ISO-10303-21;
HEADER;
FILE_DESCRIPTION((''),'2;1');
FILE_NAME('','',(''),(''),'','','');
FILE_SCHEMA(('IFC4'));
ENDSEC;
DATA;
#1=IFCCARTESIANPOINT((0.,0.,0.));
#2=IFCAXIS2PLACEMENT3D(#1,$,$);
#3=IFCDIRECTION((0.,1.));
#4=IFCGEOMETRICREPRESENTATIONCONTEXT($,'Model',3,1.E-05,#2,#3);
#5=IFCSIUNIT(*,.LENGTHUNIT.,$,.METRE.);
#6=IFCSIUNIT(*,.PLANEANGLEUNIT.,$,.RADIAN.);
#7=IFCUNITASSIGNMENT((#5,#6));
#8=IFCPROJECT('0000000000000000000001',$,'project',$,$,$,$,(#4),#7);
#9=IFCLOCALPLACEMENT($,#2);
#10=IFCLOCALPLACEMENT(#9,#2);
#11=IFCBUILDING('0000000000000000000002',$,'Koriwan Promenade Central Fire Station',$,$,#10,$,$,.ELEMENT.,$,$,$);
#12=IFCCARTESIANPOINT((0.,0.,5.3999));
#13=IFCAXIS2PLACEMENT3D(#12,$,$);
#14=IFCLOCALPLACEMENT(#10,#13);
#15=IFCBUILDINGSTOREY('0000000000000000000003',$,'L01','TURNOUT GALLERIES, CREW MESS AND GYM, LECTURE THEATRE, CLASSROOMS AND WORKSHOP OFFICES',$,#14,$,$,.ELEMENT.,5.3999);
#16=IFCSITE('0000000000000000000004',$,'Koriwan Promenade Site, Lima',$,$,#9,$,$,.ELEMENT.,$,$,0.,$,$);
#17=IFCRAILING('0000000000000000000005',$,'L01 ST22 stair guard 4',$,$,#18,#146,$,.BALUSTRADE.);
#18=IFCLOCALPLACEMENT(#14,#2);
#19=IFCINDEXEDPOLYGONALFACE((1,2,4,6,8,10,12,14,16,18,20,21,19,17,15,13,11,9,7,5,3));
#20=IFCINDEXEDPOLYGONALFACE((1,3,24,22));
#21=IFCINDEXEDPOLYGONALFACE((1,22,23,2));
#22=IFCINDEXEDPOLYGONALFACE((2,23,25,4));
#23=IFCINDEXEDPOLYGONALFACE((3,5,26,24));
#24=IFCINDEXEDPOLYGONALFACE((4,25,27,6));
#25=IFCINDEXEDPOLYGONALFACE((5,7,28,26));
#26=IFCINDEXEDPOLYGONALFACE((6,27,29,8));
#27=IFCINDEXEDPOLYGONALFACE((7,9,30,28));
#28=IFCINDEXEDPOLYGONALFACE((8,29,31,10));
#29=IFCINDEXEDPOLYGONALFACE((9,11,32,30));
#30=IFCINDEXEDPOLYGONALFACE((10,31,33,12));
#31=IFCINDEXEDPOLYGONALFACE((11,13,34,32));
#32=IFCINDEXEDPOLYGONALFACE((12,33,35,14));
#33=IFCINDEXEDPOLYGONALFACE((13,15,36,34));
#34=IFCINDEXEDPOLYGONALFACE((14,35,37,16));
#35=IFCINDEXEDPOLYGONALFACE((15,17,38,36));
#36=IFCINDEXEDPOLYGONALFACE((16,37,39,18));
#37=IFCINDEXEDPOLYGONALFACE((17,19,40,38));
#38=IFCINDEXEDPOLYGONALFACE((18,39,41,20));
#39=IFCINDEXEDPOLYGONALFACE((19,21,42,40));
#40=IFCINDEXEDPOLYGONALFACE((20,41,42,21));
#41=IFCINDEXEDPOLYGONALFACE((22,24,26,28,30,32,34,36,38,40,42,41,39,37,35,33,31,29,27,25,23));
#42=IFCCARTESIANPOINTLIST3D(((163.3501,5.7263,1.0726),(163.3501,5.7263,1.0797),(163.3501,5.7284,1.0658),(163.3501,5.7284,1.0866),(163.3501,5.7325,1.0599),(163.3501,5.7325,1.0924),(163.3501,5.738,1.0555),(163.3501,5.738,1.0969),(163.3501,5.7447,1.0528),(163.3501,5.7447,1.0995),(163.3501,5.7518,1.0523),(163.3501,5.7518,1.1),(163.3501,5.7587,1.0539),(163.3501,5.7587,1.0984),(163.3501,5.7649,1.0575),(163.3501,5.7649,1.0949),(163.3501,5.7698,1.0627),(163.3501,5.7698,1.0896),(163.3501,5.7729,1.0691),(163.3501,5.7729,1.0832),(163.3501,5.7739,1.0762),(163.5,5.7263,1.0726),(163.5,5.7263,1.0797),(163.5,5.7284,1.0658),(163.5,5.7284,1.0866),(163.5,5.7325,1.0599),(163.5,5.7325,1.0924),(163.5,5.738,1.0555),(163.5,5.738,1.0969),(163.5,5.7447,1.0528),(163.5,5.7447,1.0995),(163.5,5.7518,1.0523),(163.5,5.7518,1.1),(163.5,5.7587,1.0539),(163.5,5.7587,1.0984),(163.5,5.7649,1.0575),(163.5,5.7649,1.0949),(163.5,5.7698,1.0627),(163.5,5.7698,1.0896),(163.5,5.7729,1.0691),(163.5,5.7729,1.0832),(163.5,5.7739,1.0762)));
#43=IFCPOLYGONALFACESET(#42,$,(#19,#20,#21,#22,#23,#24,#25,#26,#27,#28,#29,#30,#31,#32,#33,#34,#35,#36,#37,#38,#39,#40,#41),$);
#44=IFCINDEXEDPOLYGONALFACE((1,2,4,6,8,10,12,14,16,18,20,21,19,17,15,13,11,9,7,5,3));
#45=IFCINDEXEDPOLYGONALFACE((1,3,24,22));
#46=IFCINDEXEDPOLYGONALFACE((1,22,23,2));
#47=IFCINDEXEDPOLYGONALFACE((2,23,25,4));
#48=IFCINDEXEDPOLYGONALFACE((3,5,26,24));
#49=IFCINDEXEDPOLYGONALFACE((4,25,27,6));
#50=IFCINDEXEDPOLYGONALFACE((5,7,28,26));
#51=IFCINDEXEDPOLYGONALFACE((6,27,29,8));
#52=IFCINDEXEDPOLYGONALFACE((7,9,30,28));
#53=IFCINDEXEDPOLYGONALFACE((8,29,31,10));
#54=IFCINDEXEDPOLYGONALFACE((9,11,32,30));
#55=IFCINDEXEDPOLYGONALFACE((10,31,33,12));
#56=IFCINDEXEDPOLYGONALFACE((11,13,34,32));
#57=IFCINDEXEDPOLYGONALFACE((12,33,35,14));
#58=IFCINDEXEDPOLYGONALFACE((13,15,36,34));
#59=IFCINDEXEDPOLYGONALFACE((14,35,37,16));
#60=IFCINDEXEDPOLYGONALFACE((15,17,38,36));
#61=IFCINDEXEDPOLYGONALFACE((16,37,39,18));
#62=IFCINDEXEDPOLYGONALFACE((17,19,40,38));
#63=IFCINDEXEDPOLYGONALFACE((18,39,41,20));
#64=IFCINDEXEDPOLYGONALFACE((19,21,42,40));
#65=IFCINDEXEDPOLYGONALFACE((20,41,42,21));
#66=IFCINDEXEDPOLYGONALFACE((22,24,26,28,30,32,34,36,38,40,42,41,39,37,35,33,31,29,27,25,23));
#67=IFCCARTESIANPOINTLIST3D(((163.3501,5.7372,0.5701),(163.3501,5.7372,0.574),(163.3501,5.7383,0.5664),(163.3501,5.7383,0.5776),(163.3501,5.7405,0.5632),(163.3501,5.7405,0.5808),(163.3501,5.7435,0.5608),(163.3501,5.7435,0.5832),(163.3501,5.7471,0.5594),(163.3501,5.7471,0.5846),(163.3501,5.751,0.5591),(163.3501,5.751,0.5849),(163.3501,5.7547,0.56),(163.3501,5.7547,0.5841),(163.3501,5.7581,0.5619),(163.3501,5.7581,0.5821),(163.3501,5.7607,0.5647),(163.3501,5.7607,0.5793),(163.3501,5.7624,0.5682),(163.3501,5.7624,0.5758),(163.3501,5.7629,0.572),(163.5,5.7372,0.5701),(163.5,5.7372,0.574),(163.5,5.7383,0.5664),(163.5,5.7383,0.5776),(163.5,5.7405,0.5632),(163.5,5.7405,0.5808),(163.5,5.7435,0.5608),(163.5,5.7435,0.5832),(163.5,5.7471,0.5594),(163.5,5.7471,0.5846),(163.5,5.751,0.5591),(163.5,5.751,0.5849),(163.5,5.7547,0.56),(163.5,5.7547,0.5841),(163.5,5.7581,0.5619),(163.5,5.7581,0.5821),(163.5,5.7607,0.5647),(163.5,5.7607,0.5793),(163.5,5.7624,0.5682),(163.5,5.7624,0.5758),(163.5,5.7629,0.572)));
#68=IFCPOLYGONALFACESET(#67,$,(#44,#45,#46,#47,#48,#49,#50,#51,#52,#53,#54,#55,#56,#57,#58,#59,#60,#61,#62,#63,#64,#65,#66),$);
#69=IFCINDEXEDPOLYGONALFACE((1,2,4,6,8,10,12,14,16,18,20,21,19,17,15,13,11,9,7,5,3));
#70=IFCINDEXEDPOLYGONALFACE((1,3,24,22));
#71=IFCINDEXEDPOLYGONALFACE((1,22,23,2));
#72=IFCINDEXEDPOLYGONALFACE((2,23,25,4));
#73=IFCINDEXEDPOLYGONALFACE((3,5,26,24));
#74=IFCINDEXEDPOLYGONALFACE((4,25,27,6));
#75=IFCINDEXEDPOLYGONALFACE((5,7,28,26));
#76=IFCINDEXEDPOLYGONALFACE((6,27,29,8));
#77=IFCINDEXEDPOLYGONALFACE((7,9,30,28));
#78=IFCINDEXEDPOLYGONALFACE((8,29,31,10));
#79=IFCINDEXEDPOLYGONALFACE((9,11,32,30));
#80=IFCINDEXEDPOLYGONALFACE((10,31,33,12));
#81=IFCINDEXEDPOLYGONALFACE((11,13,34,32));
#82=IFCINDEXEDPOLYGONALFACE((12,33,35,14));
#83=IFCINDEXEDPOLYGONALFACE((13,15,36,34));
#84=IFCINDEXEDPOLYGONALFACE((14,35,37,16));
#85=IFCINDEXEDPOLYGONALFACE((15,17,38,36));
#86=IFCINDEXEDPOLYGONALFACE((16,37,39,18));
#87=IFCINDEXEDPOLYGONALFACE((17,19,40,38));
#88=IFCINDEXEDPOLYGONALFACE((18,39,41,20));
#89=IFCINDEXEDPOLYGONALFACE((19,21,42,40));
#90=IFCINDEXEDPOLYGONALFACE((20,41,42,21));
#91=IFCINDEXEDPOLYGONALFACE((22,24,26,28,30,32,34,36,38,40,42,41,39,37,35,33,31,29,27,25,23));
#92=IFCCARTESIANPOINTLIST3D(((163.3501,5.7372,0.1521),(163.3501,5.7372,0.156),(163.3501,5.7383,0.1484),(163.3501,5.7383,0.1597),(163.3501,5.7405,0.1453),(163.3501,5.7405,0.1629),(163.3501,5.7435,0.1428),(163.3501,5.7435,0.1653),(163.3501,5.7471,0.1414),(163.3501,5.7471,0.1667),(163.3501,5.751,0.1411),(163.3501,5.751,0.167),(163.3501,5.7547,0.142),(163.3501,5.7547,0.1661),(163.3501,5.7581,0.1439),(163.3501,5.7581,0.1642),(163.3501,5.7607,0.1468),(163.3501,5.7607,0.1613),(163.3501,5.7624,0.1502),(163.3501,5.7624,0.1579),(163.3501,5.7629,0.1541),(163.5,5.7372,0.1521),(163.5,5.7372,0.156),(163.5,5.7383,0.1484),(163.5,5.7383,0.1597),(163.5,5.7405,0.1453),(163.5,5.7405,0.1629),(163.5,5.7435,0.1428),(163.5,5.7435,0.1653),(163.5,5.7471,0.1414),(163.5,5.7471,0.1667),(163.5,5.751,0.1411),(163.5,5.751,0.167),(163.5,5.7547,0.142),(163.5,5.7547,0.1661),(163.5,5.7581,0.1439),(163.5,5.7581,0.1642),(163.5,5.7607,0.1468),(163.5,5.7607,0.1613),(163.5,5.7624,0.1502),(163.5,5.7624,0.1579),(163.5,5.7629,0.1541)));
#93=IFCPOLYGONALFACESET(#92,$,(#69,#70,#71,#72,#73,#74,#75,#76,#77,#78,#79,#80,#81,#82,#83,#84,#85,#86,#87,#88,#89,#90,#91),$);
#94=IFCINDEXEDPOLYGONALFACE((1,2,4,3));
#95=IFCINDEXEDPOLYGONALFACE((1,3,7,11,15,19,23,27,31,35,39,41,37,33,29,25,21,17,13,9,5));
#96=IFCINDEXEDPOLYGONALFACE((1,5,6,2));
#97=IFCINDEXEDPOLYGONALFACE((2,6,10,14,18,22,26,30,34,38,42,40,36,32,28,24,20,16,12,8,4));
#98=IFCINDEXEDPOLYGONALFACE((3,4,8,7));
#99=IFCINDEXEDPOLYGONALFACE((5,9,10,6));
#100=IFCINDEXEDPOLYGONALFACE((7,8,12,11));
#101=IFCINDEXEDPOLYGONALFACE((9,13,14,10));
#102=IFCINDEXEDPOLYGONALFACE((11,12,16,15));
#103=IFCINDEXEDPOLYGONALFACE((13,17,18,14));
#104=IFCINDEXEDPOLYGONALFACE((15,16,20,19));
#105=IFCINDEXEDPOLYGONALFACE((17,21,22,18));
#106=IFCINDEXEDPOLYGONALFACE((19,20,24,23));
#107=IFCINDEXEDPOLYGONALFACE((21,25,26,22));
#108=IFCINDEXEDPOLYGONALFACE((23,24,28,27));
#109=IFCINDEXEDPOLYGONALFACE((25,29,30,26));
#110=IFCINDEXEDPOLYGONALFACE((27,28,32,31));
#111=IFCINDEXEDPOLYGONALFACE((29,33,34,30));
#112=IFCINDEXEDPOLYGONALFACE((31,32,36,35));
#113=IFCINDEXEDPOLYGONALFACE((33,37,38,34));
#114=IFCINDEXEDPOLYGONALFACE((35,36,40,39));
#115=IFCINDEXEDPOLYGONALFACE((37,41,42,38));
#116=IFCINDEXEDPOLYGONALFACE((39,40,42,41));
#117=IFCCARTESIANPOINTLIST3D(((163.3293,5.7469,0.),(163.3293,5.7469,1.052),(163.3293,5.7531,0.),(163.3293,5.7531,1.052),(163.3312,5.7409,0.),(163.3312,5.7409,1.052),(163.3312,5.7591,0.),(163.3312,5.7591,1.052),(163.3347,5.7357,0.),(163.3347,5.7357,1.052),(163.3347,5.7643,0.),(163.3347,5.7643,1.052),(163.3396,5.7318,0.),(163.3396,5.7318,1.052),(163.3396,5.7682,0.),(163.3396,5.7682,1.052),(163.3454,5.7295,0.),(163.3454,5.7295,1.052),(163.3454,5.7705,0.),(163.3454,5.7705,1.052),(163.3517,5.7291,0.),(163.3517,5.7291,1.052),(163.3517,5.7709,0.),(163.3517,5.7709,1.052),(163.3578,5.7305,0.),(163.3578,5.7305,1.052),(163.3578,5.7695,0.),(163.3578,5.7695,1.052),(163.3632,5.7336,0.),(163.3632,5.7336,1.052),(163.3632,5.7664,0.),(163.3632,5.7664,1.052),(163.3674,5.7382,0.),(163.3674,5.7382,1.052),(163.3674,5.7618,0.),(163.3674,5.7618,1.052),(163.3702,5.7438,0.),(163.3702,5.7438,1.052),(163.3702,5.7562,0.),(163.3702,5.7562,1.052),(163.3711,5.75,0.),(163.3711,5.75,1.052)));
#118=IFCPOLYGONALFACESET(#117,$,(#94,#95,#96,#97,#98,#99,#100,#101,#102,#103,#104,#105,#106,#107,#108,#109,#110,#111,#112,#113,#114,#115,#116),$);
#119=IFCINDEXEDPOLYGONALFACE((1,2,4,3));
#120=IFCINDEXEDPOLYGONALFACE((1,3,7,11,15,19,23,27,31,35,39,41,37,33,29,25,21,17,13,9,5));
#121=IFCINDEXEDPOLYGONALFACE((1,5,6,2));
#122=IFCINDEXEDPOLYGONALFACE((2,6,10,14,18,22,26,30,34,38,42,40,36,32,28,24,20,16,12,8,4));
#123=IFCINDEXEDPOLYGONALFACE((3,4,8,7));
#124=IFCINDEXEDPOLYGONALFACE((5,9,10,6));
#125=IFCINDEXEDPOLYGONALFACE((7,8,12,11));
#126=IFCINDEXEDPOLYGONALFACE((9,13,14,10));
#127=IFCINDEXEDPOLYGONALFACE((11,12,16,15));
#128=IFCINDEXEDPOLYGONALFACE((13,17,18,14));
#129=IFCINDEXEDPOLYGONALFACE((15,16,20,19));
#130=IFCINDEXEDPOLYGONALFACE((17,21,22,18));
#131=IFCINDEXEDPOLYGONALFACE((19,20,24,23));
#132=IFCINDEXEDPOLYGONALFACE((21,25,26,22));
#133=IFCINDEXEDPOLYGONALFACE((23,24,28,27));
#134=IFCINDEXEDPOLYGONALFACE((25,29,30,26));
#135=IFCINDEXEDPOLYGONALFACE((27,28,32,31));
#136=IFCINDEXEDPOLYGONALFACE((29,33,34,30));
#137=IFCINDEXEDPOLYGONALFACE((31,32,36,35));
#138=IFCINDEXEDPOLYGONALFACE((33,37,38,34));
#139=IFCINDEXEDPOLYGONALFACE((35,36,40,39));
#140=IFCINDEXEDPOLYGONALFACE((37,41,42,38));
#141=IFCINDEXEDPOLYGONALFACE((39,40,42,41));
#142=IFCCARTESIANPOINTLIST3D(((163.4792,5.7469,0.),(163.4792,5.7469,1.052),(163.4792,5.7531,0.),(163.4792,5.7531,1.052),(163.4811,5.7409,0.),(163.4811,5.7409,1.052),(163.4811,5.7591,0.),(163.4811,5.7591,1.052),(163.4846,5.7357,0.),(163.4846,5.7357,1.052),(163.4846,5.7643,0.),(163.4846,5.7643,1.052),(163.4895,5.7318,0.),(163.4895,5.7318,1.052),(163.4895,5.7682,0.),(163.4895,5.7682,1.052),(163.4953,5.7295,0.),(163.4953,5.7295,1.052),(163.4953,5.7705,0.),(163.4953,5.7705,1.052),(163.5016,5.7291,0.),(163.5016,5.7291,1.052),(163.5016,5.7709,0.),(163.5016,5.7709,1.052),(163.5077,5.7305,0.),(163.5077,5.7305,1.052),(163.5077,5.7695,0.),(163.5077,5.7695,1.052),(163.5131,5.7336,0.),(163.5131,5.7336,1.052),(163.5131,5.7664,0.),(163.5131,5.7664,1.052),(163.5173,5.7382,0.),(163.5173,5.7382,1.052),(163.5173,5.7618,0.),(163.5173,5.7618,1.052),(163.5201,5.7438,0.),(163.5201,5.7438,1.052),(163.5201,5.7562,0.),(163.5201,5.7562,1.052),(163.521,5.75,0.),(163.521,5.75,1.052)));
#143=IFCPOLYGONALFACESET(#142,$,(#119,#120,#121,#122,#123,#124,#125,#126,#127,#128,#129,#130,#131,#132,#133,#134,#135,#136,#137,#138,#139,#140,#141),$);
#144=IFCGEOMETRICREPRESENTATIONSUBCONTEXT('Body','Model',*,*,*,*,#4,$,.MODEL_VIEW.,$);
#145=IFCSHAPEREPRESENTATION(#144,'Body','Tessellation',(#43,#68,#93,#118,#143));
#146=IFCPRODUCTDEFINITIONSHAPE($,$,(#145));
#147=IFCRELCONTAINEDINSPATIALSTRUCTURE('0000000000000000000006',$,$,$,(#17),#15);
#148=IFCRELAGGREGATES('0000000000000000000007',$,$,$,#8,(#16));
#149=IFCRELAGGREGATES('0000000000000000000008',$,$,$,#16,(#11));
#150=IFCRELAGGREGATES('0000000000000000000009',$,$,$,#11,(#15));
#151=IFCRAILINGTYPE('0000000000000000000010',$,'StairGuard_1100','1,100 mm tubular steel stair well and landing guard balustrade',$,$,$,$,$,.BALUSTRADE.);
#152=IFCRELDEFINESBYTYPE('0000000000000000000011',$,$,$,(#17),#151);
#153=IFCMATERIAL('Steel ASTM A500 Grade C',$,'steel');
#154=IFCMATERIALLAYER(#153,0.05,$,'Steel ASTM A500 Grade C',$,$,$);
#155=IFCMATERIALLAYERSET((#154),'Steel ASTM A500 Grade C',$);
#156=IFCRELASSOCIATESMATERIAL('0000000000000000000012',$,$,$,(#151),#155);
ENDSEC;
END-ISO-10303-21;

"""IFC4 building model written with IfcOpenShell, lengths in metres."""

from ifc_helpers import new_model, si_unit, direction, frame, origin, origin_2d, place, context, subcontext, project, spatial, circle, extrude, material, layer, layer_set, type_object, element, save


model = new_model("IFC4")

# Units and contexts
model_context = context("Model", 3, precision=1e-05, world=origin(), true_north=direction((0.0, 1.0)))
body_context = subcontext(model_context, "Body", "Model", "MODEL_VIEW")
ifc_project = project(units=[si_unit("LENGTHUNIT", "METRE"), si_unit("PLANEANGLEUNIT", "RADIAN")], contexts=[model_context])

# Site, building, storey
site_placement = place(None, origin())
site = spatial("IfcSite", under=ifc_project, at=site_placement, Name="Koriwan Promenade Site, Lima", CompositionType="ELEMENT", RefElevation=0.0)
building_placement = place(site_placement, origin())
building = spatial("IfcBuilding", under=site, at=building_placement, Name="Koriwan Promenade Central Fire Station", CompositionType="ELEMENT")
storey_placement = place(building_placement, frame((0.0, 0.0, 5.3999)))
storey = spatial("IfcBuildingStorey", under=building, at=storey_placement, Name="L01", Description="TURNOUT GALLERIES, CREW MESS AND GYM, LECTURE THEATRE, CLASSROOMS AND WORKSHOP OFFICES", CompositionType="ELEMENT", Elevation=5.3999)

# Railing
ifc_material_1 = material(Name="Steel ASTM A500 Grade C", Category="steel")
ifc_layer_1 = layer(ifc_material_1, 0.05, Name="Steel ASTM A500 Grade C")
ifc_layer_set_1 = layer_set([ifc_layer_1], Name="Steel ASTM A500 Grade C")
railing_type_1 = type_object("IfcRailingType", Name="StairGuard_1100", Description="1,100 mm tubular steel stair well and landing guard balustrade", PredefinedType="BALUSTRADE", material=ifc_layer_set_1)
railing_1_placement = place(storey_placement, frame((163.3501, 5.75, 0.0)))
element("IfcRailing", 1, at=railing_1_placement, inside=storey, type_object=railing_type_1, Name="L01 ST22 stair guard 4", PredefinedType="BALUSTRADE", context=body_context, shape_type="SweptSolid", body=[
    extrude(circle(Radius=0.0239, at=origin_2d()), frame((0.0, 0.0, 1.0762), z_axis=(1.0, 0.0, 0.0), x_axis=(0.0, 1.0, 0.0)), (0.0, 0.0, 1.0), 0.1499),
    extrude(circle(Radius=0.0129, at=origin_2d()), frame((0.0, 0.0, 0.572), z_axis=(1.0, 0.0, 0.0), x_axis=(0.0, 1.0, 0.0)), (0.0, 0.0, 1.0), 0.1499),
    extrude(circle(Radius=0.0129, at=origin_2d()), frame((0.0, 0.0, 0.1541), z_axis=(1.0, 0.0, 0.0), x_axis=(0.0, 1.0, 0.0)), (0.0, 0.0, 1.0), 0.1499),
    extrude(circle(Radius=0.021, at=origin_2d()), origin(), (0.0, 0.0, 1.0), 1.052),
    extrude(circle(Radius=0.021, at=origin_2d()), frame((0.1499, 0.0, 0.0)), (0.0, 0.0, 1.0), 1.052),
])

save(model, "model.ifc")
